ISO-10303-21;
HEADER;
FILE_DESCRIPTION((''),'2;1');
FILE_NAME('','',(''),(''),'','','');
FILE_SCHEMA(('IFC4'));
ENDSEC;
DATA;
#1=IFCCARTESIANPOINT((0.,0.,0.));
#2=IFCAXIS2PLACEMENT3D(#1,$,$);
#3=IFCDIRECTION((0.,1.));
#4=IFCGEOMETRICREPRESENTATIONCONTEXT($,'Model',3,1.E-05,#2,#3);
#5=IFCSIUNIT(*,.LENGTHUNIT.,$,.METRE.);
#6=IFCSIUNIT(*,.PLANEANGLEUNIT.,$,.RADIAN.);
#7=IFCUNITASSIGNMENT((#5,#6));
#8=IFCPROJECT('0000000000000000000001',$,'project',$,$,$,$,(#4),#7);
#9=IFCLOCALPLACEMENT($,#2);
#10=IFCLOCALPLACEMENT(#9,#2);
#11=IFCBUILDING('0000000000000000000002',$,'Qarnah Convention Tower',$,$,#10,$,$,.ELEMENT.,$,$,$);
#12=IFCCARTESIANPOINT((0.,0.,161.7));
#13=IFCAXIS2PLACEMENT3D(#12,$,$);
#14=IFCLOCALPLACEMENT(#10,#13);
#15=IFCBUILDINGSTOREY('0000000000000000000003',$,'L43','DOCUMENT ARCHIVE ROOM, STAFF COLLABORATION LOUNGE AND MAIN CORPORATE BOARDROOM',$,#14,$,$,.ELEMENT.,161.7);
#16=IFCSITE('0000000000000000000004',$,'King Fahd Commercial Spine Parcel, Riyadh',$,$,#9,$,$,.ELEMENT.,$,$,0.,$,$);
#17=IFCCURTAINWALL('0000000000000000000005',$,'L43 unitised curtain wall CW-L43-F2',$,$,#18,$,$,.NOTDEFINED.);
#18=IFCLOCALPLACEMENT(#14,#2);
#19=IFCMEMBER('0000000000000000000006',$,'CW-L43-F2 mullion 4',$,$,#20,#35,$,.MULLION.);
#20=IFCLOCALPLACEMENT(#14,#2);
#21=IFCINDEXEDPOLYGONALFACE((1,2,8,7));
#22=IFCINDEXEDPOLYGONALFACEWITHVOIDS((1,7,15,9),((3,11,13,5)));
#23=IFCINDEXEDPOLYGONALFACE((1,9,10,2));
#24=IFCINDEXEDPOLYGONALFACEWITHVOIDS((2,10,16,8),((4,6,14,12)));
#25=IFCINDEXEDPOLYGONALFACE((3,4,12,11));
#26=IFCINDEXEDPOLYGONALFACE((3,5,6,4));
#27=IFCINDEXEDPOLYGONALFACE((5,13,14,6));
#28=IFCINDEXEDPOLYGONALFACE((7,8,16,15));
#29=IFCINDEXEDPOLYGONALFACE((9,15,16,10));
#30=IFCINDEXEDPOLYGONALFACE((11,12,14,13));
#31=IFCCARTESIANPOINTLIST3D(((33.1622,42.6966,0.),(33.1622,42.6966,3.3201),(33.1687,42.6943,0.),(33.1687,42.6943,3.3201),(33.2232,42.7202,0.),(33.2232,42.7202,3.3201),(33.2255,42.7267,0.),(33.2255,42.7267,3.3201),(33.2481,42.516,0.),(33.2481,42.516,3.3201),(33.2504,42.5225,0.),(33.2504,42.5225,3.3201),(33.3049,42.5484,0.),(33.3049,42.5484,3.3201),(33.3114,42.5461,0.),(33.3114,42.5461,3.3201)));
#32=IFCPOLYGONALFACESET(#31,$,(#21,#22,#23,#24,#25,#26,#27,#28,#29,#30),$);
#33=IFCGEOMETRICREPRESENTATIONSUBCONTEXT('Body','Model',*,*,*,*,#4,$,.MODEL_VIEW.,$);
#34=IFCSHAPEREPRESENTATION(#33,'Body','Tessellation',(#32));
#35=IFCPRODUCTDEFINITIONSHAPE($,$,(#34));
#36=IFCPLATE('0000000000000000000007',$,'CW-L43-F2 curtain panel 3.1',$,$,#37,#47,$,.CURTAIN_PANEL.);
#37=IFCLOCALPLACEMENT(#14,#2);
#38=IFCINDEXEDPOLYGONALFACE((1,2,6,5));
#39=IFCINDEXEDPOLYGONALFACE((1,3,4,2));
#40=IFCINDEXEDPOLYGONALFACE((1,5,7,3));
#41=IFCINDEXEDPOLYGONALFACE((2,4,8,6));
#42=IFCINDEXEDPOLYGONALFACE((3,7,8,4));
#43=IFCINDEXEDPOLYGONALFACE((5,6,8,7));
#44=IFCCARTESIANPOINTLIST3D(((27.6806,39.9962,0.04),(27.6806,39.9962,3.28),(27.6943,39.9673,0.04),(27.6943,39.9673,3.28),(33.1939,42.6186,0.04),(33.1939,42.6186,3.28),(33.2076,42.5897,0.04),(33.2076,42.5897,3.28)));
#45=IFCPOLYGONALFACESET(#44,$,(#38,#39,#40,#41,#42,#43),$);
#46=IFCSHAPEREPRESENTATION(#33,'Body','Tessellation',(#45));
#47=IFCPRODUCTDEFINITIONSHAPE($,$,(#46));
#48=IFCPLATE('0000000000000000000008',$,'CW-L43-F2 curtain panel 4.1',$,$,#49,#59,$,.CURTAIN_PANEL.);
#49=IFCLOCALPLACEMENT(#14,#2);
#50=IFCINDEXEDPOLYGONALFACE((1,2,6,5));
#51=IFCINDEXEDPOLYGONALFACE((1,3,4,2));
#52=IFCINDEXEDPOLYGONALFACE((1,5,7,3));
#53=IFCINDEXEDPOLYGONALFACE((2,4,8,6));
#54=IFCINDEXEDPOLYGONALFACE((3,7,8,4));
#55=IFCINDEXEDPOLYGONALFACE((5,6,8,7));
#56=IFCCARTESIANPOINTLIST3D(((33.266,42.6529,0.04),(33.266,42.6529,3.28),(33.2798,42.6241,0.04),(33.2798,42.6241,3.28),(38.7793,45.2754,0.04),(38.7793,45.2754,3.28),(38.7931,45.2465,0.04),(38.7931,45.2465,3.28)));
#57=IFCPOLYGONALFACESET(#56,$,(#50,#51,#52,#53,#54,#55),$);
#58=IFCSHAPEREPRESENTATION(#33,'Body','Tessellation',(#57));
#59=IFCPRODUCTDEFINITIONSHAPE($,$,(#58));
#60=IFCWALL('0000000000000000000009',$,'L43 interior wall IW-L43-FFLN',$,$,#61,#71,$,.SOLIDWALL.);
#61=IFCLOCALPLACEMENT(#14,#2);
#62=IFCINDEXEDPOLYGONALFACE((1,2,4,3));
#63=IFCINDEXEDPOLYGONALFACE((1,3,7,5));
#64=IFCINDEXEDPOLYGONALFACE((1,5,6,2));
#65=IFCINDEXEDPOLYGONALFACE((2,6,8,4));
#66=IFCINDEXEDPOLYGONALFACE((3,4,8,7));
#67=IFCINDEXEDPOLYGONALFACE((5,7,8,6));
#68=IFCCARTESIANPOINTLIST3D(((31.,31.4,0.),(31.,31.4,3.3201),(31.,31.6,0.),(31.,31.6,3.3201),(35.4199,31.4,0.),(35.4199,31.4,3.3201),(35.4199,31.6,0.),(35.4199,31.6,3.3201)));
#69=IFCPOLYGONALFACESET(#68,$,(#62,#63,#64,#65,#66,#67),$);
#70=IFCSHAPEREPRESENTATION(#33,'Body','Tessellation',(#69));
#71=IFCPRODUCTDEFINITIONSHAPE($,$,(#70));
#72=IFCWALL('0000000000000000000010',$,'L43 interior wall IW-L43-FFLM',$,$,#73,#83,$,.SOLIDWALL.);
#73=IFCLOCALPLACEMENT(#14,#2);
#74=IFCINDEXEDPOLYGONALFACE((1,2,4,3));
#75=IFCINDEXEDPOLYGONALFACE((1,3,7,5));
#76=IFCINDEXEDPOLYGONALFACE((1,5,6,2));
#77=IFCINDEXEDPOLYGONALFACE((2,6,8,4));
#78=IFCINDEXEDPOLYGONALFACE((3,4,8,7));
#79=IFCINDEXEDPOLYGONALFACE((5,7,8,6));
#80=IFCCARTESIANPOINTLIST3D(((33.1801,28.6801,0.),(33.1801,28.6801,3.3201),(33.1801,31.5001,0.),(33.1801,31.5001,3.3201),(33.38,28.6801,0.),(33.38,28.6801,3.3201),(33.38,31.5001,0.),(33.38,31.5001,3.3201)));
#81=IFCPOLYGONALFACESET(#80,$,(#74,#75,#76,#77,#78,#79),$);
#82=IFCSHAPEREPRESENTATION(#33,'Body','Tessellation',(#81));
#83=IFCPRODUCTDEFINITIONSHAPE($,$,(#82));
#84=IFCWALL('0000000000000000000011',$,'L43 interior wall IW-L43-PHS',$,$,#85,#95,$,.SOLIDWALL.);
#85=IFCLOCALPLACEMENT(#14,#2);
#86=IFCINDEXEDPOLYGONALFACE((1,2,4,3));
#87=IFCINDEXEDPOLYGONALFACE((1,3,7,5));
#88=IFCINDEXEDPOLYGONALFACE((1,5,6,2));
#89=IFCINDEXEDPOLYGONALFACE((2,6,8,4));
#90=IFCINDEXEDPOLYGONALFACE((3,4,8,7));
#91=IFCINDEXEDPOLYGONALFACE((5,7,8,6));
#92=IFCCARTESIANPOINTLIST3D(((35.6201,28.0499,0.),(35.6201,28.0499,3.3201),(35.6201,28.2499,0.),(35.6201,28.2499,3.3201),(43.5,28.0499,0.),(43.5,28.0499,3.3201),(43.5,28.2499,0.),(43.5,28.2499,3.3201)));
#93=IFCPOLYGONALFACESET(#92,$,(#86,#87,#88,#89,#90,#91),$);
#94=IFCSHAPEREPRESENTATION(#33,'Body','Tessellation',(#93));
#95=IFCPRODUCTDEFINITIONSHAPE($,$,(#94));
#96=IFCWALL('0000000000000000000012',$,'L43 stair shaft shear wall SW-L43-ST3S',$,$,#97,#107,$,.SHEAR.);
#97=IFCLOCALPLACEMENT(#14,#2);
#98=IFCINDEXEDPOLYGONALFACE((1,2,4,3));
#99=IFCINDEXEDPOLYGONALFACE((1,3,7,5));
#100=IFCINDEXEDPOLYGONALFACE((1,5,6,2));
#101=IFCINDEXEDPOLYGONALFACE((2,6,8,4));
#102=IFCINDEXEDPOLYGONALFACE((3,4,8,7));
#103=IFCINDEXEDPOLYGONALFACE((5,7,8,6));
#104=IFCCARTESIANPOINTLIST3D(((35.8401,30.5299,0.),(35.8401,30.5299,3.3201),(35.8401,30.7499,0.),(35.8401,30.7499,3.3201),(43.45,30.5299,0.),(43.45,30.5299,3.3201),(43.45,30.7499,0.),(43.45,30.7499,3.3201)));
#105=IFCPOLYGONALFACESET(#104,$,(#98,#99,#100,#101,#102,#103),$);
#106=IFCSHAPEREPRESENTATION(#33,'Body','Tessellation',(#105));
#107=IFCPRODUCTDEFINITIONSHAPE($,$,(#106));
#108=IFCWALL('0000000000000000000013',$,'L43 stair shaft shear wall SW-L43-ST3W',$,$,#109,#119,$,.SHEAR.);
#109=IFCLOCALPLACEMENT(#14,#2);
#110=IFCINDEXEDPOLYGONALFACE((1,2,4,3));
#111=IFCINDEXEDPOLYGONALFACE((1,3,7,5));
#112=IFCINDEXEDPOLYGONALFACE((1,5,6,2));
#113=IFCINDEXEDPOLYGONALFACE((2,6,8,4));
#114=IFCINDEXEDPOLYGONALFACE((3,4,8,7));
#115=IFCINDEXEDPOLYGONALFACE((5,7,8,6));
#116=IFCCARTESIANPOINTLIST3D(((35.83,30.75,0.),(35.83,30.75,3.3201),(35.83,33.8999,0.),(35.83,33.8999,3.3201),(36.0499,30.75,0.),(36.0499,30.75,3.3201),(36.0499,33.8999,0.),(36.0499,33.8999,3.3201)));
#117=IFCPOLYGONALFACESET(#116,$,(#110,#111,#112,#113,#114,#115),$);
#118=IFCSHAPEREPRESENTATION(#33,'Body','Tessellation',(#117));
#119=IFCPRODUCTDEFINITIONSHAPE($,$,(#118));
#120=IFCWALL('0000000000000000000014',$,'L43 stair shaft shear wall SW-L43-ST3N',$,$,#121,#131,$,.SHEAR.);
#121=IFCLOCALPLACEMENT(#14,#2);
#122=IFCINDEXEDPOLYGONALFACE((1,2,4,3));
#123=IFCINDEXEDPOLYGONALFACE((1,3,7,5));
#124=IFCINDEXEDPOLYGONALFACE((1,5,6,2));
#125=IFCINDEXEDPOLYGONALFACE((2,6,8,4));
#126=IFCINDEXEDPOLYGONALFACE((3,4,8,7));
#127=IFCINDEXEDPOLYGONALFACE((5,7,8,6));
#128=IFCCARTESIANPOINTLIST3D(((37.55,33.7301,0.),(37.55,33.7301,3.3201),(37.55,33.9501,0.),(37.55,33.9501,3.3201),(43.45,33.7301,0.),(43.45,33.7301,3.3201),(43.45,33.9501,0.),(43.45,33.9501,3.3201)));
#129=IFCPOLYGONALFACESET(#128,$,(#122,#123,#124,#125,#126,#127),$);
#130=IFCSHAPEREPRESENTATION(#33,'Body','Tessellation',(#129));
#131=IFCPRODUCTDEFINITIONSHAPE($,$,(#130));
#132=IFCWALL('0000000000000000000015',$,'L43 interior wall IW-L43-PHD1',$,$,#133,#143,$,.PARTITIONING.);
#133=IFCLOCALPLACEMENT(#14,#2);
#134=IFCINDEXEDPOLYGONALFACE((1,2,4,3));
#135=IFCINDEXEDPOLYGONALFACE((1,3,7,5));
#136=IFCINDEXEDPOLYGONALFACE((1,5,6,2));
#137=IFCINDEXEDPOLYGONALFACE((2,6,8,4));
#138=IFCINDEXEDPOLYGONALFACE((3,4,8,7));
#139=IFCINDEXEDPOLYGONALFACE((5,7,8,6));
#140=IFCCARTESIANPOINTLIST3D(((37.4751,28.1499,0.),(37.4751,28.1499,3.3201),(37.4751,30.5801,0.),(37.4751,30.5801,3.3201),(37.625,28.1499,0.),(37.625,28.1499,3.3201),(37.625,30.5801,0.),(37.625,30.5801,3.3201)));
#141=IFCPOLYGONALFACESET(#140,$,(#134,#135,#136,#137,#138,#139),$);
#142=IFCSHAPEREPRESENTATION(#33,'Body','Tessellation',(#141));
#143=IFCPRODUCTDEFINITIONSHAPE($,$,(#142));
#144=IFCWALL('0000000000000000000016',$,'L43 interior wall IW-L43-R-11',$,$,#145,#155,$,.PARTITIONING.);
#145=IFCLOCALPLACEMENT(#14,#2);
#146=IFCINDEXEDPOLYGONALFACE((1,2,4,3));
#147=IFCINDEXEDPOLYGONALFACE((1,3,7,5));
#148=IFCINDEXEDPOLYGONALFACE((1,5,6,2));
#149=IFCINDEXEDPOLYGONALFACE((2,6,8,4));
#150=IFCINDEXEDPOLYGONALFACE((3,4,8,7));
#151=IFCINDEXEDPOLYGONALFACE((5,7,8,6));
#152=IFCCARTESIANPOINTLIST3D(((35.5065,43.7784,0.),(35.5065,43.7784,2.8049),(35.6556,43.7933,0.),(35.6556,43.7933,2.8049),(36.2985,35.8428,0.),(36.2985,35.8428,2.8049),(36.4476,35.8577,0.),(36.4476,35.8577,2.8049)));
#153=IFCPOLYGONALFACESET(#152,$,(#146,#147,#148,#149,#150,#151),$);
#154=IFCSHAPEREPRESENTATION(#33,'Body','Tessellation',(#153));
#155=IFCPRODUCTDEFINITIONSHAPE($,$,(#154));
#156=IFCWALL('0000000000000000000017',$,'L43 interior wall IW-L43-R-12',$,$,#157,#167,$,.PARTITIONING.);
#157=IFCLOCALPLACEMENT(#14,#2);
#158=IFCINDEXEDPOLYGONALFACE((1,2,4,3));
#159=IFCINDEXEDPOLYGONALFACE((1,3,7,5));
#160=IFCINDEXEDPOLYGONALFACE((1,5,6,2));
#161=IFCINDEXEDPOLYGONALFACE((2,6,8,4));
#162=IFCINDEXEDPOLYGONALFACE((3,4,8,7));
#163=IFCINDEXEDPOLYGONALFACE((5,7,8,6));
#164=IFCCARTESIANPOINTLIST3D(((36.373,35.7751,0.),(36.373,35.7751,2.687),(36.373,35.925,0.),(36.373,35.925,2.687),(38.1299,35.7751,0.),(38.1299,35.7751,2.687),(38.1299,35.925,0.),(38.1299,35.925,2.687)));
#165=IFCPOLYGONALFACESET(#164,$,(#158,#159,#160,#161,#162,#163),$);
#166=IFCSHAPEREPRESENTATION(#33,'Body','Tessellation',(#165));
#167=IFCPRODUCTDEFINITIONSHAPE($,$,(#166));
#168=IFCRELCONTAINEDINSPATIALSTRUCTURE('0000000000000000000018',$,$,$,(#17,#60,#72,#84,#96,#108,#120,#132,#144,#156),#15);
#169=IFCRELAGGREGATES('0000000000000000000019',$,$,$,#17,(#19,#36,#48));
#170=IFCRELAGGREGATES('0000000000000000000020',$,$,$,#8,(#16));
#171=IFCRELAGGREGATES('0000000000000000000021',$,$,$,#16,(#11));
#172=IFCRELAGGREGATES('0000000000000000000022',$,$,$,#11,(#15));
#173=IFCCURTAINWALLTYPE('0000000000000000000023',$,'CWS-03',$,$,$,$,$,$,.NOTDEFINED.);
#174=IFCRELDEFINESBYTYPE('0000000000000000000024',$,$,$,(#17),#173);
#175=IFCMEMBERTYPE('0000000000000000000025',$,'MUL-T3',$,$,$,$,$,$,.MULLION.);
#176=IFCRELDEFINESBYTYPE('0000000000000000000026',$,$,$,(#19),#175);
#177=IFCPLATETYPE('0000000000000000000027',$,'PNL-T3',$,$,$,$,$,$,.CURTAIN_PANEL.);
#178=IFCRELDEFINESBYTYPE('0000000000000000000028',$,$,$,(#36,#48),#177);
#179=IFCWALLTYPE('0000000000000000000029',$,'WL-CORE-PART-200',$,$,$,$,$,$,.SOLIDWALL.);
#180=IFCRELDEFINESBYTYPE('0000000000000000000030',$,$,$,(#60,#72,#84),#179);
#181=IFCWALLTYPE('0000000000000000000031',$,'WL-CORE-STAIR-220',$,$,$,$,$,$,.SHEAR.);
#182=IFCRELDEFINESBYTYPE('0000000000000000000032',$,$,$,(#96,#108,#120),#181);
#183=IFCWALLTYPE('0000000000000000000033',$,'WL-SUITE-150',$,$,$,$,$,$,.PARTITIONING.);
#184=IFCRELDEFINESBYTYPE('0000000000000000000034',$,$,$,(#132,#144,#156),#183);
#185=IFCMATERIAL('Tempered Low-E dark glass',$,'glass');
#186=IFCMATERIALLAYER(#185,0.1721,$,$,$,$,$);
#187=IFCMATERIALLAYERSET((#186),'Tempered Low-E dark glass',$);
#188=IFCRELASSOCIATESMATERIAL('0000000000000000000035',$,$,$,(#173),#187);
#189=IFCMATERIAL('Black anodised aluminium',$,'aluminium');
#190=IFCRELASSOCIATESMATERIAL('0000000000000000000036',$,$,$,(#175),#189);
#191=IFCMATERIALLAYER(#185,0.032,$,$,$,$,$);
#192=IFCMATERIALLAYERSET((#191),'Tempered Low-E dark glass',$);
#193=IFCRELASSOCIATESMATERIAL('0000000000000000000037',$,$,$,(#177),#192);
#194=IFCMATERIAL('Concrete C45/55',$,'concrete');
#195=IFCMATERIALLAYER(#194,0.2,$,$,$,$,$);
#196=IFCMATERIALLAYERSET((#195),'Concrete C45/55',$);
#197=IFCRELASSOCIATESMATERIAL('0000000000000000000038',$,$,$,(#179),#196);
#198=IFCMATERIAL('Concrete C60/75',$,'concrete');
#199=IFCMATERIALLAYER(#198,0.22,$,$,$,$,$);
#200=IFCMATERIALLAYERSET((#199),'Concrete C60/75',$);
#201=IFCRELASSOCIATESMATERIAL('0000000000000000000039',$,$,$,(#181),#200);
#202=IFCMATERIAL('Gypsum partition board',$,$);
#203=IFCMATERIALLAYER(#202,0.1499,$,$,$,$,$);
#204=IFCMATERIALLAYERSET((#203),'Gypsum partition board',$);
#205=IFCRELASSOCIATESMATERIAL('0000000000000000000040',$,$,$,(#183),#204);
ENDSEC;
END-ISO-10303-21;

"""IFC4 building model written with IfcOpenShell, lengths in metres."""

from ifc_helpers import new_model, si_unit, direction, frame, frame_2d, origin, origin_2d, place, context, subcontext, project, spatial, rectangle, hollow_rectangle, extrude, material, layer, layer_set, material_profile, profile_set, type_object, element, aggregate, save


model = new_model("IFC4")

# Units and contexts
model_context = context("Model", 3, precision=1e-05, world=origin(), true_north=direction((0.0, 1.0)))
body_context = subcontext(model_context, "Body", "Model", "MODEL_VIEW")
ifc_project = project(units=[si_unit("LENGTHUNIT", "METRE"), si_unit("PLANEANGLEUNIT", "RADIAN")], contexts=[model_context])

# Site, building, storey
site_placement = place(None, origin())
site = spatial("IfcSite", under=ifc_project, at=site_placement, Name="King Fahd Commercial Spine Parcel, Riyadh", CompositionType="ELEMENT", RefElevation=0.0)
building_placement = place(site_placement, origin())
building = spatial("IfcBuilding", under=site, at=building_placement, Name="Qarnah Convention Tower", CompositionType="ELEMENT")
storey_placement = place(building_placement, frame((0.0, 0.0, 161.7)))
storey = spatial("IfcBuildingStorey", under=building, at=storey_placement, Name="L43", Description="DOCUMENT ARCHIVE ROOM, STAFF COLLABORATION LOUNGE AND MAIN CORPORATE BOARDROOM", CompositionType="ELEMENT", Elevation=161.7)

# Shared definitions
ifc_material_1 = material(Name="Concrete C60/75", Category="concrete")

# Curtain wall, member, plates
ifc_material_2 = material(Name="Tempered Low-E dark glass", Category="glass")
ifc_layer_1 = layer(ifc_material_2, 0.1721)
ifc_layer_set_1 = layer_set([ifc_layer_1], Name="Tempered Low-E dark glass")
curtain_wall_type = type_object("IfcCurtainWallType", Name="CWS-03", PredefinedType="NOTDEFINED", material=ifc_layer_set_1)
curtain_wall_placement = place(storey_placement, origin())
curtain_wall = element("IfcCurtainWall", 1, at=curtain_wall_placement, inside=storey, type_object=curtain_wall_type, Name="L43 unitised curtain wall CW-L43-F2", PredefinedType="NOTDEFINED")
ifc_material_3 = material(Name="Black anodised aluminium", Category="aluminium")
ifc_material_profile_1 = material_profile(ifc_material_3, hollow_rectangle(XDim=0.0701, YDim=0.2, WallThickness=0.0049, at=origin_2d()), Name="MUL-70X200")
ifc_profile_set_1 = profile_set([ifc_material_profile_1], Name="Black anodised aluminium")
member_type = type_object("IfcMemberType", Name="MUL-T3", PredefinedType="MULLION", material=ifc_profile_set_1)
member_placement = place(storey_placement, frame((33.2368, 42.6213, 0.0), z_axis=(0.0, 0.0, 1.0), x_axis=(0.903049, 0.429537, 0.0)))
member = element("IfcMember", 2, at=member_placement, type_object=member_type, Name="CW-L43-F2 mullion 4", PredefinedType="MULLION", context=body_context, shape_type="SweptSolid", body=[
    extrude(hollow_rectangle(XDim=0.0701, YDim=0.2, WallThickness=0.0049, at=origin_2d()), origin(), (0.0, 0.0, 1.0), 3.3201),
])
ifc_layer_2 = layer(ifc_material_2, 0.032)
ifc_layer_set_2 = layer_set([ifc_layer_2], Name="Tempered Low-E dark glass")
plate_type = type_object("IfcPlateType", Name="PNL-T3", PredefinedType="CURTAIN_PANEL", material=ifc_layer_set_2)
plate_1_placement = place(storey_placement, frame((30.4441, 41.293, 0.04), z_axis=(0.0, 0.0, 1.0), x_axis=(0.903049, 0.429537, 0.0)))
plate_1 = element("IfcPlate", 3, at=plate_1_placement, type_object=plate_type, Name="CW-L43-F2 curtain panel 3.1", PredefinedType="CURTAIN_PANEL", context=body_context, shape_type="SweptSolid", body=[
    extrude(rectangle(XDim=6.1052, YDim=0.032, at=origin_2d()), origin(), (0.0, 0.0, 1.0), 3.24),
])
plate_2_placement = place(storey_placement, frame((36.0295, 43.9497, 0.04), z_axis=(0.0, 0.0, 1.0), x_axis=(0.903049, 0.429537, 0.0)))
plate_2 = element("IfcPlate", 4, at=plate_2_placement, type_object=plate_type, Name="CW-L43-F2 curtain panel 4.1", PredefinedType="CURTAIN_PANEL", context=body_context, shape_type="SweptSolid", body=[
    extrude(rectangle(XDim=6.1052, YDim=0.032, at=origin_2d()), origin(), (0.0, 0.0, 1.0), 3.24),
])
aggregate(curtain_wall, [member, plate_1, plate_2])

# Shared definitions
ifc_material_4 = material(Name="Concrete C45/55", Category="concrete")
ifc_layer_3 = layer(ifc_material_4, 0.2)
ifc_layer_set_3 = layer_set([ifc_layer_3], Name="Concrete C45/55")
wall_type_1 = type_object("IfcWallType", Name="WL-CORE-PART-200", PredefinedType="SOLIDWALL", material=ifc_layer_set_3)

# Walls
wall_1_placement = place(storey_placement, frame((31.0, 31.5, 0.0), z_axis=(0.0, 0.0, 1.0), x_axis=(1.0, 0.0, 0.0)))
element("IfcWall", 5, at=wall_1_placement, inside=storey, type_object=wall_type_1, Name="L43 interior wall IW-L43-FFLN", PredefinedType="SOLIDWALL", context=body_context, shape_type="SweptSolid", body=[
    extrude(rectangle(XDim=4.4199, YDim=0.2, at=frame_2d((2.21, 0.0))), origin(), (0.0, 0.0, 1.0), 3.3201),
])
wall_2_placement = place(storey_placement, frame((33.28, 28.6799, 0.0), z_axis=(0.0, 0.0, 1.0), x_axis=(0.0, 1.0, 0.0)))
element("IfcWall", 6, at=wall_2_placement, inside=storey, type_object=wall_type_1, Name="L43 interior wall IW-L43-FFLM", PredefinedType="SOLIDWALL", context=body_context, shape_type="SweptSolid", body=[
    extrude(rectangle(XDim=2.8201, YDim=0.2, at=frame_2d((1.4102, 0.0))), origin(), (0.0, 0.0, 1.0), 3.3201),
])
wall_3_placement = place(storey_placement, frame((35.6201, 28.1499, 0.0), z_axis=(0.0, 0.0, 1.0), x_axis=(1.0, 0.0, 0.0)))
element("IfcWall", 7, at=wall_3_placement, inside=storey, type_object=wall_type_1, Name="L43 interior wall IW-L43-PHS", PredefinedType="SOLIDWALL", context=body_context, shape_type="SweptSolid", body=[
    extrude(rectangle(XDim=7.8799, YDim=0.2, at=frame_2d((3.9399, 0.0))), origin(), (0.0, 0.0, 1.0), 3.3201),
])

# Walls
ifc_layer_4 = layer(ifc_material_1, 0.22)
ifc_layer_set_4 = layer_set([ifc_layer_4], Name="Concrete C60/75")
wall_type_2 = type_object("IfcWallType", Name="WL-CORE-STAIR-220", PredefinedType="SHEAR", material=ifc_layer_set_4)
wall_4_placement = place(storey_placement, frame((35.8401, 30.6399, 0.0), z_axis=(0.0, 0.0, 1.0), x_axis=(1.0, 0.0, 0.0)))
element("IfcWall", 8, at=wall_4_placement, inside=storey, type_object=wall_type_2, Name="L43 stair shaft shear wall SW-L43-ST3S", PredefinedType="SHEAR", context=body_context, shape_type="SweptSolid", body=[
    extrude(rectangle(XDim=7.6099, YDim=0.22, at=frame_2d((3.8049, 0.0))), origin(), (0.0, 0.0, 1.0), 3.3201),
])
wall_5_placement = place(storey_placement, frame((35.9399, 30.75, 0.0), z_axis=(0.0, 0.0, 1.0), x_axis=(0.0, 1.0, 0.0)))
element("IfcWall", 9, at=wall_5_placement, inside=storey, type_object=wall_type_2, Name="L43 stair shaft shear wall SW-L43-ST3W", PredefinedType="SHEAR", context=body_context, shape_type="SweptSolid", body=[
    extrude(rectangle(XDim=3.1499, YDim=0.22, at=frame_2d((1.575, 0.0))), origin(), (0.0, 0.0, 1.0), 3.3201),
])
wall_6_placement = place(storey_placement, frame((37.55, 33.8401, 0.0), z_axis=(0.0, 0.0, 1.0), x_axis=(1.0, 0.0, 0.0)))
element("IfcWall", 10, at=wall_6_placement, inside=storey, type_object=wall_type_2, Name="L43 stair shaft shear wall SW-L43-ST3N", PredefinedType="SHEAR", context=body_context, shape_type="SweptSolid", body=[
    extrude(rectangle(XDim=5.8999, YDim=0.22, at=frame_2d((2.95, 0.0))), origin(), (0.0, 0.0, 1.0), 3.3201),
])
ifc_material_5 = material(Name="Gypsum partition board")
ifc_layer_5 = layer(ifc_material_5, 0.1499)
ifc_layer_set_5 = layer_set([ifc_layer_5], Name="Gypsum partition board")
wall_type_3 = type_object("IfcWallType", Name="WL-SUITE-150", PredefinedType="PARTITIONING", material=ifc_layer_set_5)
wall_7_placement = place(storey_placement, frame((37.55, 28.1499, 0.0), z_axis=(0.0, 0.0, 1.0), x_axis=(0.0, 1.0, 0.0)))
element("IfcWall", 11, at=wall_7_placement, inside=storey, type_object=wall_type_3, Name="L43 interior wall IW-L43-PHD1", PredefinedType="PARTITIONING", context=body_context, shape_type="SweptSolid", body=[
    extrude(rectangle(XDim=2.4302, YDim=0.1499, at=frame_2d((1.2151, 0.0))), origin(), (0.0, 0.0, 1.0), 3.3201),
])
wall_8_placement = place(storey_placement, frame((35.5811, 43.7859, 0.0), z_axis=(0.0, 0.0, 1.0), x_axis=(0.099307, -0.995057, 0.0)))
element("IfcWall", 12, at=wall_8_placement, inside=storey, type_object=wall_type_3, Name="L43 interior wall IW-L43-R-11", PredefinedType="PARTITIONING", context=body_context, shape_type="SweptSolid", body=[
    extrude(rectangle(XDim=7.9751, YDim=0.1499, at=frame_2d((3.9875, 0.0))), origin(), (0.0, 0.0, 1.0), 2.8049),
])
wall_9_placement = place(storey_placement, frame((36.373, 35.8501, 0.0), z_axis=(0.0, 0.0, 1.0), x_axis=(1.0, 0.0, 0.0)))
element("IfcWall", 13, at=wall_9_placement, inside=storey, type_object=wall_type_3, Name="L43 interior wall IW-L43-R-12", PredefinedType="PARTITIONING", context=body_context, shape_type="SweptSolid", body=[
    extrude(rectangle(XDim=1.7568, YDim=0.1499, at=frame_2d((0.8784, 0.0))), origin(), (0.0, 0.0, 1.0), 2.687),
])

save(model, "model.ifc")
